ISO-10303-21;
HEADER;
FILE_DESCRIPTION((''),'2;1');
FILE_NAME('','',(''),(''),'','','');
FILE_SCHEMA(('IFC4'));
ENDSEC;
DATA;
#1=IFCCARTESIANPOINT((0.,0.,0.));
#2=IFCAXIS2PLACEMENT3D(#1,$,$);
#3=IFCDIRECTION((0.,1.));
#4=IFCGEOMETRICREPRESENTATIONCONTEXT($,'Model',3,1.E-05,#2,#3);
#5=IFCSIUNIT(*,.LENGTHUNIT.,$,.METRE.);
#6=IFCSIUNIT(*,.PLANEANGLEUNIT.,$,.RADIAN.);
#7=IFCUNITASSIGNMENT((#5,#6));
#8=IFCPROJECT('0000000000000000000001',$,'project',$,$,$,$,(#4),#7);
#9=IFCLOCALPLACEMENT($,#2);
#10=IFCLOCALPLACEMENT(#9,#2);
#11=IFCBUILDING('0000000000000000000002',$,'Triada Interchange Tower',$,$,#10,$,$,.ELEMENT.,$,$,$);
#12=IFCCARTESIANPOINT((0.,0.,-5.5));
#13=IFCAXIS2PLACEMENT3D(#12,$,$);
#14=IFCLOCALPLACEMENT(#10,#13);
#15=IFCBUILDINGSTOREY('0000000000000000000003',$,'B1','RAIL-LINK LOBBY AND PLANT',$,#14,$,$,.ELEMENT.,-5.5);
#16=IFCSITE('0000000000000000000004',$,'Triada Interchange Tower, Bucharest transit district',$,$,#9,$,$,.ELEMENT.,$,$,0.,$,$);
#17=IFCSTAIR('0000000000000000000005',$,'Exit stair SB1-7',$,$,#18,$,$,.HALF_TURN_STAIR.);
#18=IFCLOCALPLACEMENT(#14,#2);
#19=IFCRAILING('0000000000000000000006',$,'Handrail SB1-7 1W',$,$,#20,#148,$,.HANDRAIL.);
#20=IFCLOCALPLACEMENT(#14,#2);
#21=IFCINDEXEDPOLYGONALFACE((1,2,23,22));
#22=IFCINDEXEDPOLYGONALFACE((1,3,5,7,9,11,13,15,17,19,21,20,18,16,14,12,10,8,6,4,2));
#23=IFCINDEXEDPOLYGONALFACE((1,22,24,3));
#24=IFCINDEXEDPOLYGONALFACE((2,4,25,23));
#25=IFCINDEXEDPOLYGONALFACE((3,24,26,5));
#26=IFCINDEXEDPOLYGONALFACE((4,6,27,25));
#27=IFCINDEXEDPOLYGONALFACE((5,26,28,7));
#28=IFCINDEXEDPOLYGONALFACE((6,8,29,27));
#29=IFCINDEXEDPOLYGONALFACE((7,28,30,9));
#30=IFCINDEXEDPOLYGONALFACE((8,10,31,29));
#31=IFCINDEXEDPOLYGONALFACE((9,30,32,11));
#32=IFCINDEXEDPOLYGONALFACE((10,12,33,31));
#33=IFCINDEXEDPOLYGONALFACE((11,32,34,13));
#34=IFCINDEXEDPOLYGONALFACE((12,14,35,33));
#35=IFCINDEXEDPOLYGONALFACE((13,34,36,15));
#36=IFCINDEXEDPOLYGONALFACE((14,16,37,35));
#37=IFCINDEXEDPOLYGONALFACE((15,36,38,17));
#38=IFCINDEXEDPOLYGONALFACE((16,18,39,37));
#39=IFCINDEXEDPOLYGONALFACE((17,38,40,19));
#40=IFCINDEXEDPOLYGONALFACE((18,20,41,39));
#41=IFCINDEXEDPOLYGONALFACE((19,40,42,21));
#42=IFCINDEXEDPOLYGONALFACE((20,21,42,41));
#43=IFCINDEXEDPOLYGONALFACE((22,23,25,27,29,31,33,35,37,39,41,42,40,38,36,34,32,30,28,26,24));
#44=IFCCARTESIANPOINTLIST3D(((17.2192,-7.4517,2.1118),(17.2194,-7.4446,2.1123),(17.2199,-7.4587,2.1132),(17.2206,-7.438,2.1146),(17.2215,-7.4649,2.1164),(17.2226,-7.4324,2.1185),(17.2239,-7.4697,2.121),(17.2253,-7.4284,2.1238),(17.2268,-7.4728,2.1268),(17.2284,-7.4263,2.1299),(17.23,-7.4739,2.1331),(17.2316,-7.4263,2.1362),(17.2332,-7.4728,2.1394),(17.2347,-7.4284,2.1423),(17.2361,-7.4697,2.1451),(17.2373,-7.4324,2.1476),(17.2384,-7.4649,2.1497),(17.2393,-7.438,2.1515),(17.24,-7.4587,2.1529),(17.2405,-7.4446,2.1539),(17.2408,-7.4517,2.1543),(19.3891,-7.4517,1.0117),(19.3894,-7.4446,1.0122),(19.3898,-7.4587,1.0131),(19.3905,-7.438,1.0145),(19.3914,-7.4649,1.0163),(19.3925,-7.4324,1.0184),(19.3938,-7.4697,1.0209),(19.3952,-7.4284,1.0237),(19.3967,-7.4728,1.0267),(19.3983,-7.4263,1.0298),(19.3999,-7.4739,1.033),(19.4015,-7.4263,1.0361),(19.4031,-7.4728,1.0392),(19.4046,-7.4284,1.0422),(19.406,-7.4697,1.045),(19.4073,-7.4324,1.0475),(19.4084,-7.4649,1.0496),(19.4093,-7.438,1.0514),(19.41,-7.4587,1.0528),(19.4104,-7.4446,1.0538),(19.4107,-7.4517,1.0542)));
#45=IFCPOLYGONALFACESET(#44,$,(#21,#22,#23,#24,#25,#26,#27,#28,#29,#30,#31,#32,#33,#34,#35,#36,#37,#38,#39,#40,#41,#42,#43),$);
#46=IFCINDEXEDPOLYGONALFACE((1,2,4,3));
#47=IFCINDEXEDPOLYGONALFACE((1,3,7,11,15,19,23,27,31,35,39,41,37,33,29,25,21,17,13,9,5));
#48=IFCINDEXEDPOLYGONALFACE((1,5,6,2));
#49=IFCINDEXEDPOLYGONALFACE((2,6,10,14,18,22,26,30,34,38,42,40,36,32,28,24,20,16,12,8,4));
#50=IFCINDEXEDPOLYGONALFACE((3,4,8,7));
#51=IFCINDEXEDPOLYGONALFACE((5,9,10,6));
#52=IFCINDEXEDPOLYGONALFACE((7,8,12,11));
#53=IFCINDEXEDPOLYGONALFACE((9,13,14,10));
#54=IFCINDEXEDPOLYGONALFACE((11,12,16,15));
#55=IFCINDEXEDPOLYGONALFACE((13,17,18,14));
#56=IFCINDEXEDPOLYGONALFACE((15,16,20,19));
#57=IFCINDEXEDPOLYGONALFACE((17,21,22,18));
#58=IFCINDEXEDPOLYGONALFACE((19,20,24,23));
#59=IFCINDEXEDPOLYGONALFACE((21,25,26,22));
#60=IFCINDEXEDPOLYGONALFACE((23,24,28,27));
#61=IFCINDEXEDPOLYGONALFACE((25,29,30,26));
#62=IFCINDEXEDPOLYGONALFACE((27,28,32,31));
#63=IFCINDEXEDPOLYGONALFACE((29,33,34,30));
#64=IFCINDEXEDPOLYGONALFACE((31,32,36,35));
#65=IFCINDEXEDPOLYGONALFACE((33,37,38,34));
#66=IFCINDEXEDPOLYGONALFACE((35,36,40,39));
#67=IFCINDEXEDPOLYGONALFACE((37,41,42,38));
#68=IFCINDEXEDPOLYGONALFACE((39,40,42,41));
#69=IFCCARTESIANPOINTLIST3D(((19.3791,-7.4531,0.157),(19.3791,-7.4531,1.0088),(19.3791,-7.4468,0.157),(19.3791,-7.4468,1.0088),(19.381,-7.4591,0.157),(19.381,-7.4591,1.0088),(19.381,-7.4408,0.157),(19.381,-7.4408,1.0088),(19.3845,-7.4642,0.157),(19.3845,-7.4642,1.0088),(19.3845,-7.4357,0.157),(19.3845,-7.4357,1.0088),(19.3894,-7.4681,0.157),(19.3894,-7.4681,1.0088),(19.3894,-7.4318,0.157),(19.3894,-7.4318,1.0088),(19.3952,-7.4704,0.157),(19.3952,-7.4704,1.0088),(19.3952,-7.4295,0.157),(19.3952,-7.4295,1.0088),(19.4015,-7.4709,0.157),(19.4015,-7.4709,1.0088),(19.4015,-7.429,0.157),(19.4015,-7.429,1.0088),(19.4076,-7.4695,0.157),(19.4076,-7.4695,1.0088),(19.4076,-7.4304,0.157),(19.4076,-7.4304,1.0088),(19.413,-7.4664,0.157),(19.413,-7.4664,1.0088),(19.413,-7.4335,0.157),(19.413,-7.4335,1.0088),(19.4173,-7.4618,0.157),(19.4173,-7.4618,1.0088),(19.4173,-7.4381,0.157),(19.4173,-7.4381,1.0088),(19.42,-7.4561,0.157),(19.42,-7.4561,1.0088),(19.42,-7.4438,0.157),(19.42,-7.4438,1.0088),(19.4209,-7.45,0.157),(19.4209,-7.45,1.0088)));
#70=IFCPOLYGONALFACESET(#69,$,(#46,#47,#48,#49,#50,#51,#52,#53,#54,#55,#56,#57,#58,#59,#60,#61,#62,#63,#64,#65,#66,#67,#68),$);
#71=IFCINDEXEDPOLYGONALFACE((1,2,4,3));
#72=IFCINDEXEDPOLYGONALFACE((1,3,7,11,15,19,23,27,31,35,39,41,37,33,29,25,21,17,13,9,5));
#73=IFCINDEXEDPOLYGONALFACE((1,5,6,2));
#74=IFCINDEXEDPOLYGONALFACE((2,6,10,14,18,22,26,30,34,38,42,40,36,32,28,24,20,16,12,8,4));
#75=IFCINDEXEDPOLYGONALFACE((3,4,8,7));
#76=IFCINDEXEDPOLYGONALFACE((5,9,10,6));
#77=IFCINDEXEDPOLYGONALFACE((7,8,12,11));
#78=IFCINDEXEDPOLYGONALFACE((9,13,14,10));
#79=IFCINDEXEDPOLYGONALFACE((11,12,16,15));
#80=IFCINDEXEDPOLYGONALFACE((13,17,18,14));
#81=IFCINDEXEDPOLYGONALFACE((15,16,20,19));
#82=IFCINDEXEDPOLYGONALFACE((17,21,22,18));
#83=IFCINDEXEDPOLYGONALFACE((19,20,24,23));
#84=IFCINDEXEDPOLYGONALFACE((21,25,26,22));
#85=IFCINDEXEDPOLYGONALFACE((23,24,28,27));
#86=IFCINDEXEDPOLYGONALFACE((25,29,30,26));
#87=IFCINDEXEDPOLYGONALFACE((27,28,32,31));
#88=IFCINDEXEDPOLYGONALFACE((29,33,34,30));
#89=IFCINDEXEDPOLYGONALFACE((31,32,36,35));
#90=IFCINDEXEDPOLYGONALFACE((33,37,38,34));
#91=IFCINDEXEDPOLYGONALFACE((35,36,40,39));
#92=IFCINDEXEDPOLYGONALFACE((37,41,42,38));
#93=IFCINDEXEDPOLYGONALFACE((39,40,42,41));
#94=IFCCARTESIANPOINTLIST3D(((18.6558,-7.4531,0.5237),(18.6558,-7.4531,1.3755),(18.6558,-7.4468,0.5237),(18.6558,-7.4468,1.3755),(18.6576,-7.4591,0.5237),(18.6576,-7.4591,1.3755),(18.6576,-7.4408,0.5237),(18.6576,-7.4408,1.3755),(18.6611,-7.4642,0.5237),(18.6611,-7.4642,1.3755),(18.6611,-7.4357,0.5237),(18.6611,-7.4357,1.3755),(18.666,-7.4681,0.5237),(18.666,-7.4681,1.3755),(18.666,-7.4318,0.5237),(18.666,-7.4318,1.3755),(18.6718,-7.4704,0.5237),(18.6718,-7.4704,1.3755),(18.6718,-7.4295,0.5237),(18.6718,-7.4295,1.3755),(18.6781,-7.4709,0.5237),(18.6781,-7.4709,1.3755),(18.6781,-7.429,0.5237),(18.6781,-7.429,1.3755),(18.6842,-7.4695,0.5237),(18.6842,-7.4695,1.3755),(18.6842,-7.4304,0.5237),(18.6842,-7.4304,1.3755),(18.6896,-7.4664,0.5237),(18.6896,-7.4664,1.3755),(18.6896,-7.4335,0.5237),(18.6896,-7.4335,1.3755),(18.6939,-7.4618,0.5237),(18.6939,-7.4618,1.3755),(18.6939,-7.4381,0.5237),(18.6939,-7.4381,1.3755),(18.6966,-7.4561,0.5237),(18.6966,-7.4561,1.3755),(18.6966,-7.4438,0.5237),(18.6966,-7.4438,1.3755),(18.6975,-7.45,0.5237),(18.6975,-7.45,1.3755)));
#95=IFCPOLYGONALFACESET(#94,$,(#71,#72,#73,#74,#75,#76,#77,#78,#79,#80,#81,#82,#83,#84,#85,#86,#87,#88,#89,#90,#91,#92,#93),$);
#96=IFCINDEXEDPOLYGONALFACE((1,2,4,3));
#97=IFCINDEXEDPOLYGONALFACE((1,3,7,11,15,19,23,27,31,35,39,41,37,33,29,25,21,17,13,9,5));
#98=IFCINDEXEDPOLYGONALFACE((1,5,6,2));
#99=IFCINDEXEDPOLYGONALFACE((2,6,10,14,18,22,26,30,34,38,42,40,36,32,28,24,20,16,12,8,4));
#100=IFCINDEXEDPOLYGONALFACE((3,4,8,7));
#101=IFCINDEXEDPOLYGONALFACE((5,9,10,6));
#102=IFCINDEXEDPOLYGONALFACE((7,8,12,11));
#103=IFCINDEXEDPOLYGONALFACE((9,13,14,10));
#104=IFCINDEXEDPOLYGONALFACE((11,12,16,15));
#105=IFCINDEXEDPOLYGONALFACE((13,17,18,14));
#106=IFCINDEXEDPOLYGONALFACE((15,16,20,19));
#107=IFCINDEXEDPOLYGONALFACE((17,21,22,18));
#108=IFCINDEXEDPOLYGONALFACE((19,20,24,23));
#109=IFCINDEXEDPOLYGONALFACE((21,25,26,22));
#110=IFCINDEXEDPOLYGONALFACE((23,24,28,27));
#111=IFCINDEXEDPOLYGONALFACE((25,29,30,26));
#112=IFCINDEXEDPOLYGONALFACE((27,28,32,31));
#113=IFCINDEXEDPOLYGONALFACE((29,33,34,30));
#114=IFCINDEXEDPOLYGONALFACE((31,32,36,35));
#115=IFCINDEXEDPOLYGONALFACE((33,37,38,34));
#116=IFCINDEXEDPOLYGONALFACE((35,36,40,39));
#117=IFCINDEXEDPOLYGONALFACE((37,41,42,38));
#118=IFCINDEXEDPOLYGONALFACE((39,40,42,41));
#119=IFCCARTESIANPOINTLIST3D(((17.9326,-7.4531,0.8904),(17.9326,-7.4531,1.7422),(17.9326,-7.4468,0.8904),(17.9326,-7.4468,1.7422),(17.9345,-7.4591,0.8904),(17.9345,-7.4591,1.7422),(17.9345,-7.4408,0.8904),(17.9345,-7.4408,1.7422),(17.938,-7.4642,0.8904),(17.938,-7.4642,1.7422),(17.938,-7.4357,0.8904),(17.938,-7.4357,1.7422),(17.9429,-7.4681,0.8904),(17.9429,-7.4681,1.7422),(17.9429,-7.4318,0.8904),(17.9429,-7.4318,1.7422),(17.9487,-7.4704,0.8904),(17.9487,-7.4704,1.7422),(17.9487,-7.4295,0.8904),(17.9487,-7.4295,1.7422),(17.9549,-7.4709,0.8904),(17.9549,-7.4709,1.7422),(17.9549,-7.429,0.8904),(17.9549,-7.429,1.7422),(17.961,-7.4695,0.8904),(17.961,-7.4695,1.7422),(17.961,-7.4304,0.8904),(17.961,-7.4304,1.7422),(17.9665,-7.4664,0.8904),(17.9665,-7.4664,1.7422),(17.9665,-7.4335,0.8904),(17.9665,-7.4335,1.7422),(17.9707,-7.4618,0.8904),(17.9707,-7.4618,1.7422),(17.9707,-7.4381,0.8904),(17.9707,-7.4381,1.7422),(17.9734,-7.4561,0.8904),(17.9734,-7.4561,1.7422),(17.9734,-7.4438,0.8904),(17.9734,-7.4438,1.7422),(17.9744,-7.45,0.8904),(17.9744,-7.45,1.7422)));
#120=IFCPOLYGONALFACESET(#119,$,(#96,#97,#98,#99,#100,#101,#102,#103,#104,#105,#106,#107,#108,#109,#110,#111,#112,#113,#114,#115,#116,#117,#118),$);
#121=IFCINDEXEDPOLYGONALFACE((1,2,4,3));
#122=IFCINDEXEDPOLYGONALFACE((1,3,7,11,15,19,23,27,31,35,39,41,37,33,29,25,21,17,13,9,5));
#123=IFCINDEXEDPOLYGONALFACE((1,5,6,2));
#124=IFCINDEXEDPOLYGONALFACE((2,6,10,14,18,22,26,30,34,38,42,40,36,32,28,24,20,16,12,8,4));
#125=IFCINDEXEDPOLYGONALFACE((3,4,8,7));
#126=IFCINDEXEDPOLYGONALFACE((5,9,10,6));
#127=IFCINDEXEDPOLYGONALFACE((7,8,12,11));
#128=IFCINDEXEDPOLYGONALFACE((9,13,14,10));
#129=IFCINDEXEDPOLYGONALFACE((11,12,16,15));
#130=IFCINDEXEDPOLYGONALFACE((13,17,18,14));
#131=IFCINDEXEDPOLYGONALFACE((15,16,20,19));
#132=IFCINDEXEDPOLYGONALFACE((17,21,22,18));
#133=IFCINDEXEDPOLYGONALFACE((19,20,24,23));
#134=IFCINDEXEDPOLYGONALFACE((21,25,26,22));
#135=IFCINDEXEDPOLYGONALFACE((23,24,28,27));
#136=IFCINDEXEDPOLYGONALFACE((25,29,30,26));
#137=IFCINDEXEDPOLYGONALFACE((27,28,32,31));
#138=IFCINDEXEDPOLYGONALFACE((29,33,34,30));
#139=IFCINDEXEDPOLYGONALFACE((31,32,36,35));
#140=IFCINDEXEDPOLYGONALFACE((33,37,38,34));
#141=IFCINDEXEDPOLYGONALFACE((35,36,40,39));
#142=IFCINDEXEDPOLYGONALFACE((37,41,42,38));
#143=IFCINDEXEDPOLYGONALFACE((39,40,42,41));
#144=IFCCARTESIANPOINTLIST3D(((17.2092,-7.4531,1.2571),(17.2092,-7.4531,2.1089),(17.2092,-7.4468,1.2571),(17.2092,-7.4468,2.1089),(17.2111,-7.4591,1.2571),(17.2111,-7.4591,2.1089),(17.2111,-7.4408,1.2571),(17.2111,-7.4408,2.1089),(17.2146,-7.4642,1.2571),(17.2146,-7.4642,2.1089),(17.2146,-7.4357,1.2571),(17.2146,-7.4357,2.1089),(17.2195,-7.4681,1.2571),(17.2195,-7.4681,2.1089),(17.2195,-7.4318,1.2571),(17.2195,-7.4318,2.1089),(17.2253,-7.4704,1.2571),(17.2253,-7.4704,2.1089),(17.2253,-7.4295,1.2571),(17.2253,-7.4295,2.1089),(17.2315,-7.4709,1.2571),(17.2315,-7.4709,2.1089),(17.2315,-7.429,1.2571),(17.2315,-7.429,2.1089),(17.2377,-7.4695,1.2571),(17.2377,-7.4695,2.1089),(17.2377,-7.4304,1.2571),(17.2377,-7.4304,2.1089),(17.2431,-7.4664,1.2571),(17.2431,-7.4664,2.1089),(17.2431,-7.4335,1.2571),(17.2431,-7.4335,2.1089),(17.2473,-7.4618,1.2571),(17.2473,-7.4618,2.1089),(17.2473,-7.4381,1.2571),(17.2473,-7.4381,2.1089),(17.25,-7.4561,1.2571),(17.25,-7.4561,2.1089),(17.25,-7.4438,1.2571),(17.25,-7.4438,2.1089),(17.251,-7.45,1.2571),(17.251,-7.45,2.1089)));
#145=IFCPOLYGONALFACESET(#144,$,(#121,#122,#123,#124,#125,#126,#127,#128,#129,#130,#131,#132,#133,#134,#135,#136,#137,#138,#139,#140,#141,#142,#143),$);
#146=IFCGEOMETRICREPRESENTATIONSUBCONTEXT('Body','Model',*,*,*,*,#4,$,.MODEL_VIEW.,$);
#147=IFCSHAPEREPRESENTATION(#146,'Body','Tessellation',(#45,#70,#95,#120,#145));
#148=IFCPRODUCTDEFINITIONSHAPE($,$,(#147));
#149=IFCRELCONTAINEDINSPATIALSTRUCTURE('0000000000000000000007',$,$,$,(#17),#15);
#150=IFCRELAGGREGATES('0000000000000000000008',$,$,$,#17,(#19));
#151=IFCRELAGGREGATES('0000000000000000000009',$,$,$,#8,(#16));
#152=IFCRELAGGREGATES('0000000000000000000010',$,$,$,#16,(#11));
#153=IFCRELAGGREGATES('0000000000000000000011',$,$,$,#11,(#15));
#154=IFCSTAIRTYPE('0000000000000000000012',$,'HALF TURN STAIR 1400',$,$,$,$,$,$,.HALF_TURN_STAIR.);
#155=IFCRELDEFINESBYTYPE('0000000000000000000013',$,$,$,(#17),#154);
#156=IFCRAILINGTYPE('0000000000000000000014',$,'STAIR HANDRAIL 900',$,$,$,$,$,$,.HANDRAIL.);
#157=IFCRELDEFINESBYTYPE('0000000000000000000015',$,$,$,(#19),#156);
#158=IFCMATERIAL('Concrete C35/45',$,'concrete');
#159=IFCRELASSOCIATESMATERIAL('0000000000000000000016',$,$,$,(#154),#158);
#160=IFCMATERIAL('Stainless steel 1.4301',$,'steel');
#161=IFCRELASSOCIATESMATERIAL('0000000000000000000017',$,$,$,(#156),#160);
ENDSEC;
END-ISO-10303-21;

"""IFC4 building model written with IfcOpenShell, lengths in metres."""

from ifc_helpers import new_model, si_unit, direction, frame, origin, origin_2d, place, context, subcontext, project, spatial, circle, extrude, material, type_object, element, aggregate, save


model = new_model("IFC4")

# Units and contexts
model_context = context("Model", 3, precision=1e-05, world=origin(), true_north=direction((0.0, 1.0)))
body_context = subcontext(model_context, "Body", "Model", "MODEL_VIEW")
ifc_project = project(units=[si_unit("LENGTHUNIT", "METRE"), si_unit("PLANEANGLEUNIT", "RADIAN")], contexts=[model_context])

# Site, building, storey
site_placement = place(None, origin())
site = spatial("IfcSite", under=ifc_project, at=site_placement, Name="Triada Interchange Tower, Bucharest transit district", CompositionType="ELEMENT", RefElevation=0.0)
building_placement = place(site_placement, origin())
building = spatial("IfcBuilding", under=site, at=building_placement, Name="Triada Interchange Tower", CompositionType="ELEMENT")
storey_placement = place(building_placement, frame((0.0, 0.0, -5.5)))
storey = spatial("IfcBuildingStorey", under=building, at=storey_placement, Name="B1", Description="RAIL-LINK LOBBY AND PLANT", CompositionType="ELEMENT", Elevation=-5.5)

# Shared definitions
ifc_material_1 = material(Name="Concrete C35/45", Category="concrete")

# Stair
stair_type = type_object("IfcStairType", Name="HALF TURN STAIR 1400", PredefinedType="HALF_TURN_STAIR", material=ifc_material_1)
stair_1_placement = place(storey_placement, origin())
stair_1 = element("IfcStair", 1, at=stair_1_placement, inside=storey, type_object=stair_type, Name="Exit stair SB1-7", PredefinedType="HALF_TURN_STAIR")

# Shared definitions
ifc_material_2 = material(Name="Stainless steel 1.4301", Category="steel")
railing_type_1 = type_object("IfcRailingType", Name="STAIR HANDRAIL 900", PredefinedType="HANDRAIL", material=ifc_material_2)

# Railing
railing_1_placement = place(storey_placement, frame((19.3999, -7.45, 0.157)))
railing_1 = element("IfcRailing", 2, at=railing_1_placement, type_object=railing_type_1, Name="Handrail SB1-7 1W", PredefinedType="HANDRAIL", context=body_context, shape_type="SweptSolid", body=[
    extrude(circle(Radius=0.0239, at=origin_2d()), frame((0.0, 0.0, 0.876), z_axis=(-0.891925, 0.0, 0.452184), x_axis=(0.0, -1.0, 0.0)), (0.0, 0.0, 1.0), 2.4329),
    extrude(circle(Radius=0.021, at=origin_2d()), origin(), (0.0, 0.0, 1.0), 0.8518),
    extrude(circle(Radius=0.021, at=origin_2d()), frame((-0.7234, 0.0, 0.3667)), (0.0, 0.0, 1.0), 0.8518),
    extrude(circle(Radius=0.021, at=origin_2d()), frame((-1.4465, 0.0, 0.7334)), (0.0, 0.0, 1.0), 0.8518),
    extrude(circle(Radius=0.021, at=origin_2d()), frame((-2.1699, 0.0, 1.1001)), (0.0, 0.0, 1.0), 0.8518),
])
aggregate(stair_1, [railing_1])

save(model, "model.ifc")
